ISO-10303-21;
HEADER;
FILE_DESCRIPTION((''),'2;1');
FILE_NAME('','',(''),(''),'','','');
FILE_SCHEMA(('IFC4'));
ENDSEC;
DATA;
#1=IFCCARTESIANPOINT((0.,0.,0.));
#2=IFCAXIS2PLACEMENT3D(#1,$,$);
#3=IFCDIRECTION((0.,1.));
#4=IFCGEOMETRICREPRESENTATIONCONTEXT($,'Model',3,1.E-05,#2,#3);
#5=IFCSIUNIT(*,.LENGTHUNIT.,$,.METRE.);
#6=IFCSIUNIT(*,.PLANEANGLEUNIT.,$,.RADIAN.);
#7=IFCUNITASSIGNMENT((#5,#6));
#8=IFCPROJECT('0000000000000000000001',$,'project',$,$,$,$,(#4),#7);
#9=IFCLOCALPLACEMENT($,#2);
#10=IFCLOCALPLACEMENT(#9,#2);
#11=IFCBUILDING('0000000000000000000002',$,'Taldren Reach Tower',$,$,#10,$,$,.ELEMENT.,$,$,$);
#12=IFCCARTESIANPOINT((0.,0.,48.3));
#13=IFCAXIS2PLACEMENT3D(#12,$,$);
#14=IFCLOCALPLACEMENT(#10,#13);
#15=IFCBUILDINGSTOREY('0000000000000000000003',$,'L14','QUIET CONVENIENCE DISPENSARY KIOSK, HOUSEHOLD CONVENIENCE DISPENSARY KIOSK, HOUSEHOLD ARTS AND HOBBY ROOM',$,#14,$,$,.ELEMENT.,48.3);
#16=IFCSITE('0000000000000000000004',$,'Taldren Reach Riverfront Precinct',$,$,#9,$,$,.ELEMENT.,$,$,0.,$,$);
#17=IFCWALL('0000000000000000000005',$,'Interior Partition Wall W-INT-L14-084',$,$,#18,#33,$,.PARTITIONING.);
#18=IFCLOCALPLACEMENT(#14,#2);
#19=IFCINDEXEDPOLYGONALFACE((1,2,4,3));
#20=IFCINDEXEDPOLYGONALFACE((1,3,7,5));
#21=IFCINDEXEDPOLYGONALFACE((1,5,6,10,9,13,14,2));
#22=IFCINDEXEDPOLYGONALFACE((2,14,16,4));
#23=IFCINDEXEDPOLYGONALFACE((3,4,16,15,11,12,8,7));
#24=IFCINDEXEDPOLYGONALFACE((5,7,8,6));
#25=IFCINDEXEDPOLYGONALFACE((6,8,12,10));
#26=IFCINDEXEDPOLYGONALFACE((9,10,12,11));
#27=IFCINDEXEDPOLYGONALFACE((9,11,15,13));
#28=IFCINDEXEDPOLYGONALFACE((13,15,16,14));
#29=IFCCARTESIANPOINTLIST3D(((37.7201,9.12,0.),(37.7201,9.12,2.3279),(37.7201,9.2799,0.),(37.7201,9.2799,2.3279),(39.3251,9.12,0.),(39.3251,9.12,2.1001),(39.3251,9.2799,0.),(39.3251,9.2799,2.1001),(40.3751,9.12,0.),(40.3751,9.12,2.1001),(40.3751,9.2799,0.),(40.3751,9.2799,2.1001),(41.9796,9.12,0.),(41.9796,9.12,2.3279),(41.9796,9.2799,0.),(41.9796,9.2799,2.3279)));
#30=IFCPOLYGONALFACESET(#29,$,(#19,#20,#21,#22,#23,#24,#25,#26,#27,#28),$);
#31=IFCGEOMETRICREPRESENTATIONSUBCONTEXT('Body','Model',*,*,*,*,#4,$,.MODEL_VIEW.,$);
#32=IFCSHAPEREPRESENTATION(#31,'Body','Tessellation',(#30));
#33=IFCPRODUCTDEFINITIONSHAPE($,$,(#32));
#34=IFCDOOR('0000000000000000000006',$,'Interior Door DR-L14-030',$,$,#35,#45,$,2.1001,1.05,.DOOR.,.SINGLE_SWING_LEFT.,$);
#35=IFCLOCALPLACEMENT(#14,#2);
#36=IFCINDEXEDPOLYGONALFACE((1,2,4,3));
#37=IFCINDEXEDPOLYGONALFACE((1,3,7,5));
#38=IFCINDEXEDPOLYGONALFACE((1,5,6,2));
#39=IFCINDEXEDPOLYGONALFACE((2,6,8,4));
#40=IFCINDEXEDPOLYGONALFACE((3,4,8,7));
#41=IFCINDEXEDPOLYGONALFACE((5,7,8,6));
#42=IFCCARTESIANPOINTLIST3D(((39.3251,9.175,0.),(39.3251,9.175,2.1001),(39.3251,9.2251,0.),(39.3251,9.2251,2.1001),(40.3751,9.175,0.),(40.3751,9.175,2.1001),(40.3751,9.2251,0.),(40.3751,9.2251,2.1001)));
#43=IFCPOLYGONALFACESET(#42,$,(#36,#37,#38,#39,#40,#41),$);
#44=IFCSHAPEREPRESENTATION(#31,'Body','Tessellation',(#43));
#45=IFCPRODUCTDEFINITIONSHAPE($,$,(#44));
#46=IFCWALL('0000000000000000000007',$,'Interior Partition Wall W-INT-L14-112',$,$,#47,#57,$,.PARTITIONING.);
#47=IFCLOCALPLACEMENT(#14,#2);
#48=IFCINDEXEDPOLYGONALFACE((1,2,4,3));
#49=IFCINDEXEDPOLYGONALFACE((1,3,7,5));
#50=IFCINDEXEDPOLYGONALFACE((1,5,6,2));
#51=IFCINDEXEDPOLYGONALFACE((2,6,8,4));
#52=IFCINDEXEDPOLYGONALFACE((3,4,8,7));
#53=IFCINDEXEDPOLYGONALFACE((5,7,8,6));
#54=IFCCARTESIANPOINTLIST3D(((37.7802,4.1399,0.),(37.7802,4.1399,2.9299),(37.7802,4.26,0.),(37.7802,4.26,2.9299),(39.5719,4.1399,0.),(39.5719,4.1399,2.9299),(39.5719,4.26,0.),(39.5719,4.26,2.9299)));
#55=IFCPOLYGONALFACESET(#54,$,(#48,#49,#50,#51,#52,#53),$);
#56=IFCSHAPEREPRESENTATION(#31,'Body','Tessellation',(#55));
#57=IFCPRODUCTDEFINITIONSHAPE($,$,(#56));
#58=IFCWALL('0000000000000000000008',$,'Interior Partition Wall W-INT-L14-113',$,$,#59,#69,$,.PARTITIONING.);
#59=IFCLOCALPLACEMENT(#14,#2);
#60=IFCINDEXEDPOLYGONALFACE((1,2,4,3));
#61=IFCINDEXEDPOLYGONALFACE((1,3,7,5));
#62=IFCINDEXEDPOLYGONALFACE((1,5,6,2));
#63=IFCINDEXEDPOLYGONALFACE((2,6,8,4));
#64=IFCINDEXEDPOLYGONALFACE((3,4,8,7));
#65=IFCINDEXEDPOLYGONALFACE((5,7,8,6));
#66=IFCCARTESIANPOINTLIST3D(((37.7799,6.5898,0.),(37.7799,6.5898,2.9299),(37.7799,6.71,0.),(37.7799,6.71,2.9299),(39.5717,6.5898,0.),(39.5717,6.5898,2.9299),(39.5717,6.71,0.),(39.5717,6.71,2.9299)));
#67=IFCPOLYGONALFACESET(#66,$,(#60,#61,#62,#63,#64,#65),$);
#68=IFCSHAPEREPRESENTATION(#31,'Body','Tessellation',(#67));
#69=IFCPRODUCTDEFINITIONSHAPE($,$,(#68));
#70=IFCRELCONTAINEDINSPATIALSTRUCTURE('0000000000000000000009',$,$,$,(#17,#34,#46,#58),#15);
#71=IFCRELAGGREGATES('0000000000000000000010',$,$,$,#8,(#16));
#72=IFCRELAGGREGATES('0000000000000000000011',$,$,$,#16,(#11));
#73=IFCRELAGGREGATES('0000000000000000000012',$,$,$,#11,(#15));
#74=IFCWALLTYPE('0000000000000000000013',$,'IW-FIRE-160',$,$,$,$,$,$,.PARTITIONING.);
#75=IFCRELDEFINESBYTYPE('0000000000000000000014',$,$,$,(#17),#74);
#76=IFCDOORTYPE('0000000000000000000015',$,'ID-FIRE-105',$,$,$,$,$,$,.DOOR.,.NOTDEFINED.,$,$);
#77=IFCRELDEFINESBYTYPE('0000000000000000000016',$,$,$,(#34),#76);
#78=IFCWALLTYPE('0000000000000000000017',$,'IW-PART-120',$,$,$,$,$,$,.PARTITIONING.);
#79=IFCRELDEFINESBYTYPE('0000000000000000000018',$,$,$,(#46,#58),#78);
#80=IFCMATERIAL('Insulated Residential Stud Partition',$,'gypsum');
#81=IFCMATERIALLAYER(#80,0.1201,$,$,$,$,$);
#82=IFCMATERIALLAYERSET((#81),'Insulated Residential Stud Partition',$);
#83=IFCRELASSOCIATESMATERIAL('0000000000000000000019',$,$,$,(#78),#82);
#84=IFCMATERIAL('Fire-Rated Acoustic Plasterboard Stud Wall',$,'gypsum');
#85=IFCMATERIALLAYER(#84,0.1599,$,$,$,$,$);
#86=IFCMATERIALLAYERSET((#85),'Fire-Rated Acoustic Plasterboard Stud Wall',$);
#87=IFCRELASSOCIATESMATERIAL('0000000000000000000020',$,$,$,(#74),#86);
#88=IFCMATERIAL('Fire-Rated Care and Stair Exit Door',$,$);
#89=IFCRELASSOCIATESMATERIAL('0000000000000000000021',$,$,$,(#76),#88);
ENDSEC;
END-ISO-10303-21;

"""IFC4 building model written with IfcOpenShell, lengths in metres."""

from ifc_helpers import new_model, si_unit, direction, frame, frame_2d, origin, place, context, subcontext, project, spatial, rectangle, extrude, source, transform, mapped, material, layer, layer_set, type_object, element, fill, save


model = new_model("IFC4")

# Units and contexts
model_context = context("Model", 3, precision=1e-05, world=origin(), true_north=direction((0.0, 1.0)))
body_context = subcontext(model_context, "Body", "Model", "MODEL_VIEW")
ifc_project = project(units=[si_unit("LENGTHUNIT", "METRE"), si_unit("PLANEANGLEUNIT", "RADIAN")], contexts=[model_context])

# Site, building, storey
site_placement = place(None, origin())
site = spatial("IfcSite", under=ifc_project, at=site_placement, Name="Taldren Reach Riverfront Precinct", CompositionType="ELEMENT", RefElevation=0.0)
building_placement = place(site_placement, origin())
building = spatial("IfcBuilding", under=site, at=building_placement, Name="Taldren Reach Tower", CompositionType="ELEMENT")
storey_placement = place(building_placement, frame((0.0, 0.0, 48.3)))
storey = spatial("IfcBuildingStorey", under=building, at=storey_placement, Name="L14", Description="QUIET CONVENIENCE DISPENSARY KIOSK, HOUSEHOLD CONVENIENCE DISPENSARY KIOSK, HOUSEHOLD ARTS AND HOBBY ROOM", CompositionType="ELEMENT", Elevation=48.3)

# Shared definitions
ifc_material_1 = material(Name="Insulated Residential Stud Partition", Category="gypsum")
ifc_layer_1 = layer(ifc_material_1, 0.1201)
ifc_layer_set_1 = layer_set([ifc_layer_1], Name="Insulated Residential Stud Partition")
wall_type_1 = type_object("IfcWallType", Name="IW-PART-120", PredefinedType="PARTITIONING", material=ifc_layer_set_1)

# Shared definitions
ifc_material_2 = material(Name="Fire-Rated Acoustic Plasterboard Stud Wall", Category="gypsum")
ifc_layer_2 = layer(ifc_material_2, 0.1599)
ifc_layer_set_2 = layer_set([ifc_layer_2], Name="Fire-Rated Acoustic Plasterboard Stud Wall")
wall_type_2 = type_object("IfcWallType", Name="IW-FIRE-160", PredefinedType="PARTITIONING", material=ifc_layer_set_2)

# Wall, opening, door
shared_shape_1 = source(origin(), body_context, "Body", "SweptSolid", [
    extrude(rectangle(XDim=1.05, YDim=2.1001, at=frame_2d((0.5249, 1.05))), frame((0.0, 0.0898, 0.0), z_axis=(0.0, -1.0, 0.0), x_axis=(1.0, 0.0, 0.0)), (0.0, 0.0, 1.0), 0.1799),
])
ifc_material_3 = material(Name="Fire-Rated Care and Stair Exit Door")
door_type_1 = type_object("IfcDoorType", Name="ID-FIRE-105", OperationType="NOTDEFINED", PredefinedType="DOOR", material=ifc_material_3)
shared_shape_2 = source(origin(), body_context, "Body", "SweptSolid", [
    extrude(rectangle(XDim=1.05, YDim=2.1001, at=frame_2d((0.5249, 1.05))), frame((0.0, 0.0249, 0.0), z_axis=(0.0, -1.0, 0.0), x_axis=(1.0, 0.0, 0.0)), (0.0, 0.0, 1.0), 0.05),
])
shared_shape_3 = source(origin(), body_context, "Body", "SweptSolid", [
    extrude(rectangle(XDim=4.2595, YDim=0.1599, at=frame_2d((2.1299, 0.0))), origin(), (0.0, 0.0, 1.0), 2.3279),
])
wall_1_placement = place(storey_placement, frame((41.9797, 9.2, 0.0), z_axis=(0.0, 0.0, 1.0), x_axis=(-1.0, 0.0, 0.0)))
wall_1 = element("IfcWall", 1, at=wall_1_placement, inside=storey, type_object=wall_type_2, Name="Interior Partition Wall W-INT-L14-084", PredefinedType="PARTITIONING", context=body_context, shape_type="MappedRepresentation", body=[
    mapped(shared_shape_3, transform((0.0, 0.0, 0.0), scale=1.0)),
])
opening_1_placement = place(wall_1_placement, frame((1.6047, 0.0, 0.0)))
opening_1 = element("IfcOpeningElement", 2, at=opening_1_placement, cuts=wall_1, PredefinedType="OPENING", context=body_context, shape_type="MappedRepresentation", body=[
    mapped(shared_shape_1, transform((0.0, 0.0, 0.0), scale=1.0)),
])
door_1_placement = place(opening_1_placement, origin())
door_1 = element("IfcDoor", 3, at=door_1_placement, inside=storey, type_object=door_type_1, Name="Interior Door DR-L14-030", OperationType="SINGLE_SWING_LEFT", OverallHeight=2.1001, OverallWidth=1.05, PredefinedType="DOOR", context=body_context, shape_type="MappedRepresentation", body=[
    mapped(shared_shape_2, transform((0.0, 0.0, 0.0), scale=1.0)),
])
fill(opening_1, door_1)

# Walls
shared_shape_4 = source(origin(), body_context, "Body", "SweptSolid", [
    extrude(rectangle(XDim=1.7917, YDim=0.1201, at=frame_2d((0.896, 0.0))), origin(), (0.0, 0.0, 1.0), 2.9299),
])
for number, where, z_axis, x_axis, name in (
    (4, (37.78, 4.2, 0.0), (0.0, 0.0, 1.0), (1.0, 0.0, 0.0), "Interior Partition Wall W-INT-L14-112"),
    (5, (39.5718, 6.6499, 0.0), (0.0, 0.0, 1.0), (-1.0, 0.0, 0.0), "Interior Partition Wall W-INT-L14-113"),
):
    element("IfcWall", number, at=place(storey_placement, frame(where, z_axis=z_axis, x_axis=x_axis)), inside=storey, type_object=wall_type_1, Name=name, PredefinedType="PARTITIONING", context=body_context, shape_type="MappedRepresentation", body=[
        mapped(shared_shape_4, transform((0.0, 0.0, 0.0), scale=1.0)),
    ])

save(model, "model.ifc")
